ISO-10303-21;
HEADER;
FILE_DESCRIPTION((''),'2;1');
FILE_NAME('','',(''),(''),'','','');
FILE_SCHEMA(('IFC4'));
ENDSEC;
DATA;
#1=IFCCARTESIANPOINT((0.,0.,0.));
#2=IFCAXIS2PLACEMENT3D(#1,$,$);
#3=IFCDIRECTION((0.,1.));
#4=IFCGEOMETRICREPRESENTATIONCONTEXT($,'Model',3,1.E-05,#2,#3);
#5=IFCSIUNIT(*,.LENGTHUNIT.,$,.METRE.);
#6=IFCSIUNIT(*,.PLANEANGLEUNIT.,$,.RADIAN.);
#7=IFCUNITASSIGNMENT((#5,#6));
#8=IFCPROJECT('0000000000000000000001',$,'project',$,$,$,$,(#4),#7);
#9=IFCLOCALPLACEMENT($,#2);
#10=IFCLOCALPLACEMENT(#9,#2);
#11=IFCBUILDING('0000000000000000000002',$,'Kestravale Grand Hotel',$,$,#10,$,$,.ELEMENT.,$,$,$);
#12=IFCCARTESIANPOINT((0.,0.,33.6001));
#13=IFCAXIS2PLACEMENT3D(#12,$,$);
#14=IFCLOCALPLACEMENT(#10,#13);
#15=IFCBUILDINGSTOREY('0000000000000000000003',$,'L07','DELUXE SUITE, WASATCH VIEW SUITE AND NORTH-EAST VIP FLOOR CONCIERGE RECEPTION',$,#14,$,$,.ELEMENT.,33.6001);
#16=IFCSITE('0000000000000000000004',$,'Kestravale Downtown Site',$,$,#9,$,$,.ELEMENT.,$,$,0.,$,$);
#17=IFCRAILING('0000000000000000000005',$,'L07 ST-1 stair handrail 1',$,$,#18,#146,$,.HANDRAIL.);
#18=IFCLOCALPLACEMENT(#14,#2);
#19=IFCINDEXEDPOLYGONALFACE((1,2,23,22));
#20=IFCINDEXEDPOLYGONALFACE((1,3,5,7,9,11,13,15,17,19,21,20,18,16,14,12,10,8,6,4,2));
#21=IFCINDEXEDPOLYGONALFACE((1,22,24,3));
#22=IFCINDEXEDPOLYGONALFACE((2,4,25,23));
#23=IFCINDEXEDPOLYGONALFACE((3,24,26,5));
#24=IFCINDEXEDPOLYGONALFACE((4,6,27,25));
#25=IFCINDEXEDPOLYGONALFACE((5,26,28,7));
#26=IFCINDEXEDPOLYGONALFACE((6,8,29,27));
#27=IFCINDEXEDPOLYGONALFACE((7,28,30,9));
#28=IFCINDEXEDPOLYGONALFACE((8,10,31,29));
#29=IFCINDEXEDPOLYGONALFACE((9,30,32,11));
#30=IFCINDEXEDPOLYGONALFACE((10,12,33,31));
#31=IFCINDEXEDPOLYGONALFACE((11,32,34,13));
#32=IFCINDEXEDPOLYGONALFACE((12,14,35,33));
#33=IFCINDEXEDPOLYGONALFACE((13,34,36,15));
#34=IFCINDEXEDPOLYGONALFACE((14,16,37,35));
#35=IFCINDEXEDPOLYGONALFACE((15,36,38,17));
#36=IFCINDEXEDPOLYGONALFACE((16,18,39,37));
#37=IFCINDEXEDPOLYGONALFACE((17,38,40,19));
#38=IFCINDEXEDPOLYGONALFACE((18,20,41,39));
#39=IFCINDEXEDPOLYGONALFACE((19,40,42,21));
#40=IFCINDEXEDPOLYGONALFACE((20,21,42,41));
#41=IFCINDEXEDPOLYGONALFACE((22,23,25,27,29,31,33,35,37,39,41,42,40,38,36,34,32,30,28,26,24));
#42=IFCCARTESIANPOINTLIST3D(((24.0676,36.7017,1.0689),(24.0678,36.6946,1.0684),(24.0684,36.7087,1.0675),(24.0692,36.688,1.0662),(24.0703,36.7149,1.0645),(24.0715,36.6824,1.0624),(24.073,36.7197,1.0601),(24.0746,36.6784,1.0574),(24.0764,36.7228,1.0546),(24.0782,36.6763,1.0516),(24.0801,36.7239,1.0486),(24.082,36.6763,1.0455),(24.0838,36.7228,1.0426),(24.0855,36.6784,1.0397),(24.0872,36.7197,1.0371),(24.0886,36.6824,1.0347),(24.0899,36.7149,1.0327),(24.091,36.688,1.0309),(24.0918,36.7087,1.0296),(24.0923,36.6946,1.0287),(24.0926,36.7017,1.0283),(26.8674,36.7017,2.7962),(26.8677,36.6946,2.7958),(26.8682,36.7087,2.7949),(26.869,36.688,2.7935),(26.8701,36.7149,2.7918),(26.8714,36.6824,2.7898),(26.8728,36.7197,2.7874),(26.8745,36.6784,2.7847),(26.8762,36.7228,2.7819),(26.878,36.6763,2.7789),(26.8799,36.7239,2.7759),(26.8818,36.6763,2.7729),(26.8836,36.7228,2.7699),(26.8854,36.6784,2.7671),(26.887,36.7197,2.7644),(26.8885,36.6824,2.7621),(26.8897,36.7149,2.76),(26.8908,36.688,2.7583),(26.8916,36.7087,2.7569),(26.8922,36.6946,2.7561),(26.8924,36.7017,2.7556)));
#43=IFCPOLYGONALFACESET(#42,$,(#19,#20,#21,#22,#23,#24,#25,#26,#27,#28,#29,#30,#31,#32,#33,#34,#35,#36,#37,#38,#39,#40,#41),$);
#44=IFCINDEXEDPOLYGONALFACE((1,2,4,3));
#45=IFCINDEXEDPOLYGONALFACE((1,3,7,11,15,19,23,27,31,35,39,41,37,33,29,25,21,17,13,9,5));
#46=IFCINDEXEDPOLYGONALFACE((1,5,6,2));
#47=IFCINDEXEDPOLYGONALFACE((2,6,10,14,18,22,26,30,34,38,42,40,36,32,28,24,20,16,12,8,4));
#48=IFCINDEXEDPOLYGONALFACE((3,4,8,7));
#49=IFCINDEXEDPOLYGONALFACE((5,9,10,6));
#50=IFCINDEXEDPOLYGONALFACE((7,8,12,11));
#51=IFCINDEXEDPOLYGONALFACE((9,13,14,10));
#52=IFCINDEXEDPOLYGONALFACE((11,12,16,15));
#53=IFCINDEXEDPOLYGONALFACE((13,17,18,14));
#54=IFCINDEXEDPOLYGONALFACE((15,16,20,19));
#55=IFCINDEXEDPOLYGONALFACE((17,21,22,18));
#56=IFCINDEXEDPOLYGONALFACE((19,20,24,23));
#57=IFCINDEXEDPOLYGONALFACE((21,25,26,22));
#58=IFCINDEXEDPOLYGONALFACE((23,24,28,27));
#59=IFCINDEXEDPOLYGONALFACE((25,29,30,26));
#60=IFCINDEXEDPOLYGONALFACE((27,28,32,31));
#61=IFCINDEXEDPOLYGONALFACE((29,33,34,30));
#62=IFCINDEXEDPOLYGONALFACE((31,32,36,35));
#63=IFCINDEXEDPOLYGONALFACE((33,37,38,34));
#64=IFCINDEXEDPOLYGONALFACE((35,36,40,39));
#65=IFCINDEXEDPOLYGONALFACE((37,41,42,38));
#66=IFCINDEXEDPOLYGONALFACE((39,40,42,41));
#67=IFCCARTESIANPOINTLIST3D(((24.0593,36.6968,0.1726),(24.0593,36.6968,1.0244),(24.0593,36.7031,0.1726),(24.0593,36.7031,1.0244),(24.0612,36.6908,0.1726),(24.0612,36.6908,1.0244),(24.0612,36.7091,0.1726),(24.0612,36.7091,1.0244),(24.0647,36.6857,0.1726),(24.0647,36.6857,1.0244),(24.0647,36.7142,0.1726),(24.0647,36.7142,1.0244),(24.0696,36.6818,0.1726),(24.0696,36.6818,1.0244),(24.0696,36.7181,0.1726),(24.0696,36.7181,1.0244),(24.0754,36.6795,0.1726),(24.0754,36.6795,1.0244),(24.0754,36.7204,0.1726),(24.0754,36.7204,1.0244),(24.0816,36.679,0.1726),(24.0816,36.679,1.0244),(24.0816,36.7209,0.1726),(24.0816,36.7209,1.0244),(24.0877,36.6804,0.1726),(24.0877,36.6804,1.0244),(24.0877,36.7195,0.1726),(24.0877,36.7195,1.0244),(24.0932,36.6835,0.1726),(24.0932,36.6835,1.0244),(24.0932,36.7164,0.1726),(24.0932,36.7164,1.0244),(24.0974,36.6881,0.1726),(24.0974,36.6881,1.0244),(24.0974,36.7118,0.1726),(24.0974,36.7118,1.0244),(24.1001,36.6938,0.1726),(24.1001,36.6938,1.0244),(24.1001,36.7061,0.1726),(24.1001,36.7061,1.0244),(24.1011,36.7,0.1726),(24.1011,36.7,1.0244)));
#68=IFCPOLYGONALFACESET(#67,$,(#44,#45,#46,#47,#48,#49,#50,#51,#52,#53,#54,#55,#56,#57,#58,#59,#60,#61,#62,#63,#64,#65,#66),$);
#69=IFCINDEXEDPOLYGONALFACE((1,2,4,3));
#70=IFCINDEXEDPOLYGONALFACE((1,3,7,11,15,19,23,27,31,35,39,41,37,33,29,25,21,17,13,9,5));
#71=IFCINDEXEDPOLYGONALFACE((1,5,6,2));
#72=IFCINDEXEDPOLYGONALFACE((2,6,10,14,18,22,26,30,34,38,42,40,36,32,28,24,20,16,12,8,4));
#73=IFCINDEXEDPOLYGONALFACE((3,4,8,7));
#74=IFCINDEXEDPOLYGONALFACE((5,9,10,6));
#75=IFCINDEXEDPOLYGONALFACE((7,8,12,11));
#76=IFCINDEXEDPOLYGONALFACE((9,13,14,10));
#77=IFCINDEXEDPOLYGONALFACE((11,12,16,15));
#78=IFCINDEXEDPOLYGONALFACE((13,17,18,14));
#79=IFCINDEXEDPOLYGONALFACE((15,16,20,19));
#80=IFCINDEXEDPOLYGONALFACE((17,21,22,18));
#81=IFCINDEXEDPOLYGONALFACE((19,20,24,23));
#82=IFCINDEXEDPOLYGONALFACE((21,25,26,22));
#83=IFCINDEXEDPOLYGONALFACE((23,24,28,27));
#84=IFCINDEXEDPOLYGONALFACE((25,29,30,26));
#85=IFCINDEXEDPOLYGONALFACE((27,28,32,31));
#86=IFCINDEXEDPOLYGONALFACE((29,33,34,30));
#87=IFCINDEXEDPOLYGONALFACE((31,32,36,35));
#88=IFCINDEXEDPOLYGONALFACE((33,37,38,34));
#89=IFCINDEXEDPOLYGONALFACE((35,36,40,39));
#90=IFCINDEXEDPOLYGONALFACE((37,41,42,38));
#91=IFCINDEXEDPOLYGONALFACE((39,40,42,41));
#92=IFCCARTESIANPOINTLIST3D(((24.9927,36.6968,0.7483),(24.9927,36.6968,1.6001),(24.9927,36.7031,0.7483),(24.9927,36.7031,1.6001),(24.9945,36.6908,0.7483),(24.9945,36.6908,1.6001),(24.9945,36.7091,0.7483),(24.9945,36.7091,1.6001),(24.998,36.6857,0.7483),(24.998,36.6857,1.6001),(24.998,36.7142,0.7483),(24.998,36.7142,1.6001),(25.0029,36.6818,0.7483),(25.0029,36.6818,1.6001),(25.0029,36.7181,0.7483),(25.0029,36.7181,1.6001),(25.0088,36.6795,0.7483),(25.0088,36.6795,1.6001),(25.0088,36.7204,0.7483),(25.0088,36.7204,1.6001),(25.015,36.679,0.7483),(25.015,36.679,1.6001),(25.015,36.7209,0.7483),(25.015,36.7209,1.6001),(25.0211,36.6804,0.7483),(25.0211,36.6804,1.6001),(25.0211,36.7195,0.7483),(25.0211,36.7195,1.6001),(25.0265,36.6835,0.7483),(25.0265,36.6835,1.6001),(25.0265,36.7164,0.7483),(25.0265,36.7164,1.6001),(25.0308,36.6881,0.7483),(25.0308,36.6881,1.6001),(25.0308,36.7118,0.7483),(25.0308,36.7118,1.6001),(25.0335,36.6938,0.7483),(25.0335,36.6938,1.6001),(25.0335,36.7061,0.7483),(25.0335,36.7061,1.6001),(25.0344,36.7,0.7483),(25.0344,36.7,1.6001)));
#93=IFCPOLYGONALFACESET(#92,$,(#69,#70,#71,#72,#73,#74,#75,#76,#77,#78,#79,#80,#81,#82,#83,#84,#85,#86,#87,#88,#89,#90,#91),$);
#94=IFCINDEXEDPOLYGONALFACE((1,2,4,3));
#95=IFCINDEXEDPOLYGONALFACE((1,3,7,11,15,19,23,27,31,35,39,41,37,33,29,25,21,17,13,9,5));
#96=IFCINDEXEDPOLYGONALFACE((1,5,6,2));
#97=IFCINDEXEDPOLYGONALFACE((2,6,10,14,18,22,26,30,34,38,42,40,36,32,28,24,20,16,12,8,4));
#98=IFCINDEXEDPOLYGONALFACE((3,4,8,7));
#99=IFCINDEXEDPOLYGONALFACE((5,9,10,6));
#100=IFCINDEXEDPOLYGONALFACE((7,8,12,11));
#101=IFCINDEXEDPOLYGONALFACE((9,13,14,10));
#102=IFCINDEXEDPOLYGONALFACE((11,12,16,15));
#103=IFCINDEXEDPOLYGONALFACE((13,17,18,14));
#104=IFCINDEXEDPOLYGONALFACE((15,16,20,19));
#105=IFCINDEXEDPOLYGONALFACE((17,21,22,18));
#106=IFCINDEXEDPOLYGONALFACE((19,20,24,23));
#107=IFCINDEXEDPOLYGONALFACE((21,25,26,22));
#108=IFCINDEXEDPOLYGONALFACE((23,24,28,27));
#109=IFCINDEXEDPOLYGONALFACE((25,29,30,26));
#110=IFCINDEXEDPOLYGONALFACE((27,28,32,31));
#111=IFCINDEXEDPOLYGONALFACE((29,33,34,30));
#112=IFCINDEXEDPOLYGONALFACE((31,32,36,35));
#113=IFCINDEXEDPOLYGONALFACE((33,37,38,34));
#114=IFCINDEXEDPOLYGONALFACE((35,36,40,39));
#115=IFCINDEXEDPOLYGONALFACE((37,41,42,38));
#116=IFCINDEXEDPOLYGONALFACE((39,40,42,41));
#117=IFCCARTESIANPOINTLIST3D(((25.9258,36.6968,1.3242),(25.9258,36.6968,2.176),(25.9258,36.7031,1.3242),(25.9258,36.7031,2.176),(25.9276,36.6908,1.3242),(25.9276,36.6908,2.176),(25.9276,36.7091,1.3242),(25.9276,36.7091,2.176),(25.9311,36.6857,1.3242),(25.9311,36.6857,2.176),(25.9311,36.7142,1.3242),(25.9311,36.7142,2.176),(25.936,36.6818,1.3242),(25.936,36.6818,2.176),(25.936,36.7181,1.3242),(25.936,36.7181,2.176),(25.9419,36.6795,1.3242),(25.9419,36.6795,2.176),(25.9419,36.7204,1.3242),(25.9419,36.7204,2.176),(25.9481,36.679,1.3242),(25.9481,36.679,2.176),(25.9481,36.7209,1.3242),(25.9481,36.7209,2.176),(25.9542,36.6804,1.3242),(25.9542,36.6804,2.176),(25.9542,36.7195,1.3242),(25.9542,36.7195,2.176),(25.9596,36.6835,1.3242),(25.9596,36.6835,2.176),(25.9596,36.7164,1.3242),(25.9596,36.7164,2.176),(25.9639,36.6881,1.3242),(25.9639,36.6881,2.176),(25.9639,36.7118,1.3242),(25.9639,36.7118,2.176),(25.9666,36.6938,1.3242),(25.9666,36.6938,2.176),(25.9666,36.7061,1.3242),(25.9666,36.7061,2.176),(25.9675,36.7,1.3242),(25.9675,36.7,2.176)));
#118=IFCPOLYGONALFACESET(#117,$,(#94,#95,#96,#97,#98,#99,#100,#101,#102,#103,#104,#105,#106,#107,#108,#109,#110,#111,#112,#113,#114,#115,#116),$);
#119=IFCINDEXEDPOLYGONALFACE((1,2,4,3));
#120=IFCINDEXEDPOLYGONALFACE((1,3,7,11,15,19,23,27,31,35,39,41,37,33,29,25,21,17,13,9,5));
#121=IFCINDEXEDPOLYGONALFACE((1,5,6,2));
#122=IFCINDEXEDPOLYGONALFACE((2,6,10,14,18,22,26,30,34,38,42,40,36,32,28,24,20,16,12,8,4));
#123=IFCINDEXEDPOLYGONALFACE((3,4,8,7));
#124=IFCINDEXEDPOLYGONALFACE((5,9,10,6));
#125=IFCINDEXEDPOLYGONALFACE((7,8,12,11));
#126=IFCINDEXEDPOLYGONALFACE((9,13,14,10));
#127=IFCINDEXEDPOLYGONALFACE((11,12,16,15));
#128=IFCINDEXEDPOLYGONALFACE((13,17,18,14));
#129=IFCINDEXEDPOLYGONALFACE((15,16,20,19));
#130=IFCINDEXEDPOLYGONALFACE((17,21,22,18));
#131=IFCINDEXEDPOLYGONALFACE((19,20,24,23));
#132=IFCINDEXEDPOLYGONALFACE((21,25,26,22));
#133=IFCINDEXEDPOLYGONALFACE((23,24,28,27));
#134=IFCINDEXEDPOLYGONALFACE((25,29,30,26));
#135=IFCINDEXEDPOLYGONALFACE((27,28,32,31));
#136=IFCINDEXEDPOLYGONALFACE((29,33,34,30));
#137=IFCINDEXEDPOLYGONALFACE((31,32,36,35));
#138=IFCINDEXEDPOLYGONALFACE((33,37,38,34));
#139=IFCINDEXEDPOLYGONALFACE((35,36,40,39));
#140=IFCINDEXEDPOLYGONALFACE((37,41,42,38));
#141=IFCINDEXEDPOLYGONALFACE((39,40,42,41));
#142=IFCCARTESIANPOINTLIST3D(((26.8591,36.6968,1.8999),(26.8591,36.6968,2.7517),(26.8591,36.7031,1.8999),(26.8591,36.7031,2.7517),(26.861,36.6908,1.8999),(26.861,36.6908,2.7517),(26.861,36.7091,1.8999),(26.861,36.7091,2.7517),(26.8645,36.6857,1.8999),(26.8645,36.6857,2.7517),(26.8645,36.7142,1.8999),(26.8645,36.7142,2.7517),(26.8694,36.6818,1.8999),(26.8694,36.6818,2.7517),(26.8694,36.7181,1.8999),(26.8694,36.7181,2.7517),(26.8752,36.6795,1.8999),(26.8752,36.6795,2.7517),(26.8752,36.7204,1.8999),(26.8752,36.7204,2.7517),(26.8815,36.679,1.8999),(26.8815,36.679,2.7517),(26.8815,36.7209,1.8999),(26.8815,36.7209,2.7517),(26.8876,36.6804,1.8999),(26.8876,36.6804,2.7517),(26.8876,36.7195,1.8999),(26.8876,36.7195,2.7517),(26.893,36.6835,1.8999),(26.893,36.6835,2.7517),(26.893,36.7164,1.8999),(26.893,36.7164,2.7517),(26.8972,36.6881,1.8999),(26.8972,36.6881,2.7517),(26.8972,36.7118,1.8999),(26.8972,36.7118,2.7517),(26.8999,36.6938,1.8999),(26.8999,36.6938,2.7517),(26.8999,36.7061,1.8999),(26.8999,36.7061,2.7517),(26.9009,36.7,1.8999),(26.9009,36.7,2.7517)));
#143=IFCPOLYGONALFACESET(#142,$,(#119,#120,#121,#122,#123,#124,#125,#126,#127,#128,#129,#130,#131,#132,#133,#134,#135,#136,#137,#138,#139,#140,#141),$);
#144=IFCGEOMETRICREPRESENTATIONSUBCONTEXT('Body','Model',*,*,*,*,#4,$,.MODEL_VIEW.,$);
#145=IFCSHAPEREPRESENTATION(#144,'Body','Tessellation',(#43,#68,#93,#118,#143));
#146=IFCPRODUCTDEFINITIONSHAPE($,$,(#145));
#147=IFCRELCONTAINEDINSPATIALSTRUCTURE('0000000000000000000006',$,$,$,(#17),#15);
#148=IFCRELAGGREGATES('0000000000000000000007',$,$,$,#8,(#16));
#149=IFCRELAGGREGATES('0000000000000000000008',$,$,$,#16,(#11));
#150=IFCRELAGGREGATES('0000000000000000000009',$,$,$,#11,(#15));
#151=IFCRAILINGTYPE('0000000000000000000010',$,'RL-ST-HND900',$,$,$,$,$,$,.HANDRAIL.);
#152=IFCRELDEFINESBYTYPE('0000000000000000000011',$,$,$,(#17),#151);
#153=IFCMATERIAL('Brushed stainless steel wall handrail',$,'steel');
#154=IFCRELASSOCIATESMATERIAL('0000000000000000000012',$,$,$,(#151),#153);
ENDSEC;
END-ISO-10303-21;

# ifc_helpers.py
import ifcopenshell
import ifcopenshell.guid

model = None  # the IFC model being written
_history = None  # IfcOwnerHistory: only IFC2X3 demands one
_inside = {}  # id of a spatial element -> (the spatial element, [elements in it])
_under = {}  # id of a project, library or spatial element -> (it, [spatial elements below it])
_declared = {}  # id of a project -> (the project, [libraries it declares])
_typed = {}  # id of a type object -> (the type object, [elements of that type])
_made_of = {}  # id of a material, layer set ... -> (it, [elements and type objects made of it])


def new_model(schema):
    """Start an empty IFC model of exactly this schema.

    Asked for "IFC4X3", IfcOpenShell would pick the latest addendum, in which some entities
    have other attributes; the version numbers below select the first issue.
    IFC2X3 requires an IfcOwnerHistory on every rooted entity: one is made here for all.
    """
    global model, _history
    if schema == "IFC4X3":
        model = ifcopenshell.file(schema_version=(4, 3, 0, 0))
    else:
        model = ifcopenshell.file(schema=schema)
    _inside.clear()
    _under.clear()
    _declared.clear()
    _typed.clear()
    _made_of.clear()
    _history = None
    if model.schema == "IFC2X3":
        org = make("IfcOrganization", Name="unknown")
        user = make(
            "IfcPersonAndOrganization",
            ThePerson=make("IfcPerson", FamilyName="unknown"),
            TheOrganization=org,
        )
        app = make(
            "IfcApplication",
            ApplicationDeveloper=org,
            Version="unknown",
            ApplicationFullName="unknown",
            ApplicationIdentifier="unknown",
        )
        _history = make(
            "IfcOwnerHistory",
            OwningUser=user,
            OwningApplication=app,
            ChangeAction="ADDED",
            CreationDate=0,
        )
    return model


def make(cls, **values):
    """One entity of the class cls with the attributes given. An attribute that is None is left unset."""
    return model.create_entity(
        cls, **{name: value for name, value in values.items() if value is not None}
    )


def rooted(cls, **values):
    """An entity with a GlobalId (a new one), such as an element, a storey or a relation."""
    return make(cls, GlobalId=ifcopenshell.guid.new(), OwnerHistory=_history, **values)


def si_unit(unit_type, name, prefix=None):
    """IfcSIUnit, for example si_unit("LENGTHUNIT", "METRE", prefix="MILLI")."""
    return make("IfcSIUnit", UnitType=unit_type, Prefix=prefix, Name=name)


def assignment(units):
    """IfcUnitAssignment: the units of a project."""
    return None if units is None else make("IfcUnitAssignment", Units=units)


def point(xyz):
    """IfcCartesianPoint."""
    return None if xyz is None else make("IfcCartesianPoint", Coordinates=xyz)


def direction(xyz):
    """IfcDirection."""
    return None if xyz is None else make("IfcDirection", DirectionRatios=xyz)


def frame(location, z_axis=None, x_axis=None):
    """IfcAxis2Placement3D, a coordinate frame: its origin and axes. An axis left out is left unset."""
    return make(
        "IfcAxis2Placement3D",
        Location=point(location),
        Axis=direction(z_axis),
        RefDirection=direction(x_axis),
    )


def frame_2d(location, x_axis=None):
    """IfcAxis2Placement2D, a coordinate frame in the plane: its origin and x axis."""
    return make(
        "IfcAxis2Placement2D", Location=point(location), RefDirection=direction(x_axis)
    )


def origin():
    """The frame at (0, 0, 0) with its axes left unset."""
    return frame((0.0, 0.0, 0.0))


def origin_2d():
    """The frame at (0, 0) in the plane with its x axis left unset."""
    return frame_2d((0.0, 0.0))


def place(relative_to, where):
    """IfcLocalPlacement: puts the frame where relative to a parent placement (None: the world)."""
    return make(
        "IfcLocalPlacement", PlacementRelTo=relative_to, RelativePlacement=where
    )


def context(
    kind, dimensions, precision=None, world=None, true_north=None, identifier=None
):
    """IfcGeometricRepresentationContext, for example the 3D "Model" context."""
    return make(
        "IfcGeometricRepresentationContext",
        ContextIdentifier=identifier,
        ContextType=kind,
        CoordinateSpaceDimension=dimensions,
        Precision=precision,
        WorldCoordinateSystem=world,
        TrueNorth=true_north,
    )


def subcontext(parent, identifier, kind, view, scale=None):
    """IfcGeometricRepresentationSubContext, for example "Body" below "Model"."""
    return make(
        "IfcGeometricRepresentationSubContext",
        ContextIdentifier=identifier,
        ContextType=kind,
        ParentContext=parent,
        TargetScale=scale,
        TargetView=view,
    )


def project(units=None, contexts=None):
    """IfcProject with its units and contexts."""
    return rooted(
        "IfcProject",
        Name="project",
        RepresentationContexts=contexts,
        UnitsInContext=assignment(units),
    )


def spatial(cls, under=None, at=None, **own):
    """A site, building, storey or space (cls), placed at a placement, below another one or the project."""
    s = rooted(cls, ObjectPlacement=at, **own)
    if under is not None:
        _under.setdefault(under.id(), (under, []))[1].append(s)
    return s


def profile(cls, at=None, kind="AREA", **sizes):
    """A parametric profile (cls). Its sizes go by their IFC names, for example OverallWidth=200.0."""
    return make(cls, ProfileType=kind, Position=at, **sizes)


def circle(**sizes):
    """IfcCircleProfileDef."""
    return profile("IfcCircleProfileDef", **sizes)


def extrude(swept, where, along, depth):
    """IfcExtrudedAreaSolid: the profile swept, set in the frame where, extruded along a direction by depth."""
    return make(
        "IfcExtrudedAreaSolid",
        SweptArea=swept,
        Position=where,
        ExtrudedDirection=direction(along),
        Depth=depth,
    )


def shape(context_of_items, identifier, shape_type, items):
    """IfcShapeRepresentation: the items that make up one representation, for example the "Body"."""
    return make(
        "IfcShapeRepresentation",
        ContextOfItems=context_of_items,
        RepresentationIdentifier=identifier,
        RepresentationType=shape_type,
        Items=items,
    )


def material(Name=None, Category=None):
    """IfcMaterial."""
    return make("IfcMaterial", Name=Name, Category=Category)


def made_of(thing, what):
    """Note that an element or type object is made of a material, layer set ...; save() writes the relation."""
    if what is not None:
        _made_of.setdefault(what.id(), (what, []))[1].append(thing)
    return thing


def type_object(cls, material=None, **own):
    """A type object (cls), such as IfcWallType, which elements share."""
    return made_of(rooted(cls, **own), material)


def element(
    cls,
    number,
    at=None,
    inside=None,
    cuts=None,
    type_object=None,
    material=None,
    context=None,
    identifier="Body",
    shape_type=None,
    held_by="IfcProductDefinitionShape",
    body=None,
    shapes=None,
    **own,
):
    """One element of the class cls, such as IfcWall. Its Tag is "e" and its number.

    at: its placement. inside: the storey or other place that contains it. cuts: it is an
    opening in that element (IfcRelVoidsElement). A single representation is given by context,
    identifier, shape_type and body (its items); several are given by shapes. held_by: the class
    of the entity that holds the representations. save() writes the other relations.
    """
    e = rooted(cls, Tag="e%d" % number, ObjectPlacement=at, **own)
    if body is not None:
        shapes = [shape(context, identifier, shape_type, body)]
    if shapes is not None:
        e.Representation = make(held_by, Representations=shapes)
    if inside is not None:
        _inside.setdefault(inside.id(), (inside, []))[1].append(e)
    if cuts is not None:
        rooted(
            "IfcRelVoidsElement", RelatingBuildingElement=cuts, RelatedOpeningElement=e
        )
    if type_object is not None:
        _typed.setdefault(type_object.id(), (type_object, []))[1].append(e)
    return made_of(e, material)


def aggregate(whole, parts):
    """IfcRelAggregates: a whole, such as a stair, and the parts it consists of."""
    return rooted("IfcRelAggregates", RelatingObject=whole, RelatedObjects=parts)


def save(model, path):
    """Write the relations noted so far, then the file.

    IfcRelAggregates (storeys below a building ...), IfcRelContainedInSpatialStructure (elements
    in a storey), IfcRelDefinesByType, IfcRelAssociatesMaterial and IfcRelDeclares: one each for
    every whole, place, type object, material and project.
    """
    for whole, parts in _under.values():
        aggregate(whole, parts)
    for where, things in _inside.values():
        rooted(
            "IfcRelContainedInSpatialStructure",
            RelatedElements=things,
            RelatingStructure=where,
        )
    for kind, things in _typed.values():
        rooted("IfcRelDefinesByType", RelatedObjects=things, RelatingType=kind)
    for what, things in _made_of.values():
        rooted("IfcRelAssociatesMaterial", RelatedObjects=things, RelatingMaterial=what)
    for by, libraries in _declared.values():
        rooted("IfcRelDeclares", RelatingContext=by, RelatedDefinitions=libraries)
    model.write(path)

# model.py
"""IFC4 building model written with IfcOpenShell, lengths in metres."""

from ifc_helpers import new_model, si_unit, direction, frame, origin, origin_2d, place, context, subcontext, project, spatial, circle, extrude, material, type_object, element, save


model = new_model("IFC4")

# Units and contexts
model_context = context("Model", 3, precision=1e-05, world=origin(), true_north=direction((0.0, 1.0)))
body_context = subcontext(model_context, "Body", "Model", "MODEL_VIEW")
ifc_project = project(units=[si_unit("LENGTHUNIT", "METRE"), si_unit("PLANEANGLEUNIT", "RADIAN")], contexts=[model_context])

# Site, building, storey
site_placement = place(None, origin())
site = spatial("IfcSite", under=ifc_project, at=site_placement, Name="Kestravale Downtown Site", CompositionType="ELEMENT", RefElevation=0.0)
building_placement = place(site_placement, origin())
building = spatial("IfcBuilding", under=site, at=building_placement, Name="Kestravale Grand Hotel", CompositionType="ELEMENT")
storey_placement = place(building_placement, frame((0.0, 0.0, 33.6001)))
storey = spatial("IfcBuildingStorey", under=building, at=storey_placement, Name="L07", Description="DELUXE SUITE, WASATCH VIEW SUITE AND NORTH-EAST VIP FLOOR CONCIERGE RECEPTION", CompositionType="ELEMENT", Elevation=33.6001)

# Railing
ifc_material_1 = material(Name="Brushed stainless steel wall handrail", Category="steel")
railing_type_1 = type_object("IfcRailingType", Name="RL-ST-HND900", PredefinedType="HANDRAIL", material=ifc_material_1)
railing_1_placement = place(storey_placement, frame((24.0801, 36.7, 0.1726)))
element("IfcRailing", 1, at=railing_1_placement, inside=storey, type_object=railing_type_1, Name="L07 ST-1 stair handrail 1", PredefinedType="HANDRAIL", context=body_context, shape_type="SweptSolid", body=[
    extrude(circle(Radius=0.0239, at=origin_2d()), frame((0.0, 0.0, 0.876), z_axis=(0.851069, 0.0, 0.525054), x_axis=(0.0, 1.0, 0.0)), (0.0, 0.0, 1.0), 3.2898),
    extrude(circle(Radius=0.021, at=origin_2d()), origin(), (0.0, 0.0, 1.0), 0.8518),
    extrude(circle(Radius=0.021, at=origin_2d()), frame((0.9333, 0.0, 0.5757)), (0.0, 0.0, 1.0), 0.8518),
    extrude(circle(Radius=0.021, at=origin_2d()), frame((1.8665, 0.0, 1.1516)), (0.0, 0.0, 1.0), 0.8518),
    extrude(circle(Radius=0.021, at=origin_2d()), frame((2.7998, 0.0, 1.7273)), (0.0, 0.0, 1.0), 0.8518),
])

save(model, "model.ifc")
